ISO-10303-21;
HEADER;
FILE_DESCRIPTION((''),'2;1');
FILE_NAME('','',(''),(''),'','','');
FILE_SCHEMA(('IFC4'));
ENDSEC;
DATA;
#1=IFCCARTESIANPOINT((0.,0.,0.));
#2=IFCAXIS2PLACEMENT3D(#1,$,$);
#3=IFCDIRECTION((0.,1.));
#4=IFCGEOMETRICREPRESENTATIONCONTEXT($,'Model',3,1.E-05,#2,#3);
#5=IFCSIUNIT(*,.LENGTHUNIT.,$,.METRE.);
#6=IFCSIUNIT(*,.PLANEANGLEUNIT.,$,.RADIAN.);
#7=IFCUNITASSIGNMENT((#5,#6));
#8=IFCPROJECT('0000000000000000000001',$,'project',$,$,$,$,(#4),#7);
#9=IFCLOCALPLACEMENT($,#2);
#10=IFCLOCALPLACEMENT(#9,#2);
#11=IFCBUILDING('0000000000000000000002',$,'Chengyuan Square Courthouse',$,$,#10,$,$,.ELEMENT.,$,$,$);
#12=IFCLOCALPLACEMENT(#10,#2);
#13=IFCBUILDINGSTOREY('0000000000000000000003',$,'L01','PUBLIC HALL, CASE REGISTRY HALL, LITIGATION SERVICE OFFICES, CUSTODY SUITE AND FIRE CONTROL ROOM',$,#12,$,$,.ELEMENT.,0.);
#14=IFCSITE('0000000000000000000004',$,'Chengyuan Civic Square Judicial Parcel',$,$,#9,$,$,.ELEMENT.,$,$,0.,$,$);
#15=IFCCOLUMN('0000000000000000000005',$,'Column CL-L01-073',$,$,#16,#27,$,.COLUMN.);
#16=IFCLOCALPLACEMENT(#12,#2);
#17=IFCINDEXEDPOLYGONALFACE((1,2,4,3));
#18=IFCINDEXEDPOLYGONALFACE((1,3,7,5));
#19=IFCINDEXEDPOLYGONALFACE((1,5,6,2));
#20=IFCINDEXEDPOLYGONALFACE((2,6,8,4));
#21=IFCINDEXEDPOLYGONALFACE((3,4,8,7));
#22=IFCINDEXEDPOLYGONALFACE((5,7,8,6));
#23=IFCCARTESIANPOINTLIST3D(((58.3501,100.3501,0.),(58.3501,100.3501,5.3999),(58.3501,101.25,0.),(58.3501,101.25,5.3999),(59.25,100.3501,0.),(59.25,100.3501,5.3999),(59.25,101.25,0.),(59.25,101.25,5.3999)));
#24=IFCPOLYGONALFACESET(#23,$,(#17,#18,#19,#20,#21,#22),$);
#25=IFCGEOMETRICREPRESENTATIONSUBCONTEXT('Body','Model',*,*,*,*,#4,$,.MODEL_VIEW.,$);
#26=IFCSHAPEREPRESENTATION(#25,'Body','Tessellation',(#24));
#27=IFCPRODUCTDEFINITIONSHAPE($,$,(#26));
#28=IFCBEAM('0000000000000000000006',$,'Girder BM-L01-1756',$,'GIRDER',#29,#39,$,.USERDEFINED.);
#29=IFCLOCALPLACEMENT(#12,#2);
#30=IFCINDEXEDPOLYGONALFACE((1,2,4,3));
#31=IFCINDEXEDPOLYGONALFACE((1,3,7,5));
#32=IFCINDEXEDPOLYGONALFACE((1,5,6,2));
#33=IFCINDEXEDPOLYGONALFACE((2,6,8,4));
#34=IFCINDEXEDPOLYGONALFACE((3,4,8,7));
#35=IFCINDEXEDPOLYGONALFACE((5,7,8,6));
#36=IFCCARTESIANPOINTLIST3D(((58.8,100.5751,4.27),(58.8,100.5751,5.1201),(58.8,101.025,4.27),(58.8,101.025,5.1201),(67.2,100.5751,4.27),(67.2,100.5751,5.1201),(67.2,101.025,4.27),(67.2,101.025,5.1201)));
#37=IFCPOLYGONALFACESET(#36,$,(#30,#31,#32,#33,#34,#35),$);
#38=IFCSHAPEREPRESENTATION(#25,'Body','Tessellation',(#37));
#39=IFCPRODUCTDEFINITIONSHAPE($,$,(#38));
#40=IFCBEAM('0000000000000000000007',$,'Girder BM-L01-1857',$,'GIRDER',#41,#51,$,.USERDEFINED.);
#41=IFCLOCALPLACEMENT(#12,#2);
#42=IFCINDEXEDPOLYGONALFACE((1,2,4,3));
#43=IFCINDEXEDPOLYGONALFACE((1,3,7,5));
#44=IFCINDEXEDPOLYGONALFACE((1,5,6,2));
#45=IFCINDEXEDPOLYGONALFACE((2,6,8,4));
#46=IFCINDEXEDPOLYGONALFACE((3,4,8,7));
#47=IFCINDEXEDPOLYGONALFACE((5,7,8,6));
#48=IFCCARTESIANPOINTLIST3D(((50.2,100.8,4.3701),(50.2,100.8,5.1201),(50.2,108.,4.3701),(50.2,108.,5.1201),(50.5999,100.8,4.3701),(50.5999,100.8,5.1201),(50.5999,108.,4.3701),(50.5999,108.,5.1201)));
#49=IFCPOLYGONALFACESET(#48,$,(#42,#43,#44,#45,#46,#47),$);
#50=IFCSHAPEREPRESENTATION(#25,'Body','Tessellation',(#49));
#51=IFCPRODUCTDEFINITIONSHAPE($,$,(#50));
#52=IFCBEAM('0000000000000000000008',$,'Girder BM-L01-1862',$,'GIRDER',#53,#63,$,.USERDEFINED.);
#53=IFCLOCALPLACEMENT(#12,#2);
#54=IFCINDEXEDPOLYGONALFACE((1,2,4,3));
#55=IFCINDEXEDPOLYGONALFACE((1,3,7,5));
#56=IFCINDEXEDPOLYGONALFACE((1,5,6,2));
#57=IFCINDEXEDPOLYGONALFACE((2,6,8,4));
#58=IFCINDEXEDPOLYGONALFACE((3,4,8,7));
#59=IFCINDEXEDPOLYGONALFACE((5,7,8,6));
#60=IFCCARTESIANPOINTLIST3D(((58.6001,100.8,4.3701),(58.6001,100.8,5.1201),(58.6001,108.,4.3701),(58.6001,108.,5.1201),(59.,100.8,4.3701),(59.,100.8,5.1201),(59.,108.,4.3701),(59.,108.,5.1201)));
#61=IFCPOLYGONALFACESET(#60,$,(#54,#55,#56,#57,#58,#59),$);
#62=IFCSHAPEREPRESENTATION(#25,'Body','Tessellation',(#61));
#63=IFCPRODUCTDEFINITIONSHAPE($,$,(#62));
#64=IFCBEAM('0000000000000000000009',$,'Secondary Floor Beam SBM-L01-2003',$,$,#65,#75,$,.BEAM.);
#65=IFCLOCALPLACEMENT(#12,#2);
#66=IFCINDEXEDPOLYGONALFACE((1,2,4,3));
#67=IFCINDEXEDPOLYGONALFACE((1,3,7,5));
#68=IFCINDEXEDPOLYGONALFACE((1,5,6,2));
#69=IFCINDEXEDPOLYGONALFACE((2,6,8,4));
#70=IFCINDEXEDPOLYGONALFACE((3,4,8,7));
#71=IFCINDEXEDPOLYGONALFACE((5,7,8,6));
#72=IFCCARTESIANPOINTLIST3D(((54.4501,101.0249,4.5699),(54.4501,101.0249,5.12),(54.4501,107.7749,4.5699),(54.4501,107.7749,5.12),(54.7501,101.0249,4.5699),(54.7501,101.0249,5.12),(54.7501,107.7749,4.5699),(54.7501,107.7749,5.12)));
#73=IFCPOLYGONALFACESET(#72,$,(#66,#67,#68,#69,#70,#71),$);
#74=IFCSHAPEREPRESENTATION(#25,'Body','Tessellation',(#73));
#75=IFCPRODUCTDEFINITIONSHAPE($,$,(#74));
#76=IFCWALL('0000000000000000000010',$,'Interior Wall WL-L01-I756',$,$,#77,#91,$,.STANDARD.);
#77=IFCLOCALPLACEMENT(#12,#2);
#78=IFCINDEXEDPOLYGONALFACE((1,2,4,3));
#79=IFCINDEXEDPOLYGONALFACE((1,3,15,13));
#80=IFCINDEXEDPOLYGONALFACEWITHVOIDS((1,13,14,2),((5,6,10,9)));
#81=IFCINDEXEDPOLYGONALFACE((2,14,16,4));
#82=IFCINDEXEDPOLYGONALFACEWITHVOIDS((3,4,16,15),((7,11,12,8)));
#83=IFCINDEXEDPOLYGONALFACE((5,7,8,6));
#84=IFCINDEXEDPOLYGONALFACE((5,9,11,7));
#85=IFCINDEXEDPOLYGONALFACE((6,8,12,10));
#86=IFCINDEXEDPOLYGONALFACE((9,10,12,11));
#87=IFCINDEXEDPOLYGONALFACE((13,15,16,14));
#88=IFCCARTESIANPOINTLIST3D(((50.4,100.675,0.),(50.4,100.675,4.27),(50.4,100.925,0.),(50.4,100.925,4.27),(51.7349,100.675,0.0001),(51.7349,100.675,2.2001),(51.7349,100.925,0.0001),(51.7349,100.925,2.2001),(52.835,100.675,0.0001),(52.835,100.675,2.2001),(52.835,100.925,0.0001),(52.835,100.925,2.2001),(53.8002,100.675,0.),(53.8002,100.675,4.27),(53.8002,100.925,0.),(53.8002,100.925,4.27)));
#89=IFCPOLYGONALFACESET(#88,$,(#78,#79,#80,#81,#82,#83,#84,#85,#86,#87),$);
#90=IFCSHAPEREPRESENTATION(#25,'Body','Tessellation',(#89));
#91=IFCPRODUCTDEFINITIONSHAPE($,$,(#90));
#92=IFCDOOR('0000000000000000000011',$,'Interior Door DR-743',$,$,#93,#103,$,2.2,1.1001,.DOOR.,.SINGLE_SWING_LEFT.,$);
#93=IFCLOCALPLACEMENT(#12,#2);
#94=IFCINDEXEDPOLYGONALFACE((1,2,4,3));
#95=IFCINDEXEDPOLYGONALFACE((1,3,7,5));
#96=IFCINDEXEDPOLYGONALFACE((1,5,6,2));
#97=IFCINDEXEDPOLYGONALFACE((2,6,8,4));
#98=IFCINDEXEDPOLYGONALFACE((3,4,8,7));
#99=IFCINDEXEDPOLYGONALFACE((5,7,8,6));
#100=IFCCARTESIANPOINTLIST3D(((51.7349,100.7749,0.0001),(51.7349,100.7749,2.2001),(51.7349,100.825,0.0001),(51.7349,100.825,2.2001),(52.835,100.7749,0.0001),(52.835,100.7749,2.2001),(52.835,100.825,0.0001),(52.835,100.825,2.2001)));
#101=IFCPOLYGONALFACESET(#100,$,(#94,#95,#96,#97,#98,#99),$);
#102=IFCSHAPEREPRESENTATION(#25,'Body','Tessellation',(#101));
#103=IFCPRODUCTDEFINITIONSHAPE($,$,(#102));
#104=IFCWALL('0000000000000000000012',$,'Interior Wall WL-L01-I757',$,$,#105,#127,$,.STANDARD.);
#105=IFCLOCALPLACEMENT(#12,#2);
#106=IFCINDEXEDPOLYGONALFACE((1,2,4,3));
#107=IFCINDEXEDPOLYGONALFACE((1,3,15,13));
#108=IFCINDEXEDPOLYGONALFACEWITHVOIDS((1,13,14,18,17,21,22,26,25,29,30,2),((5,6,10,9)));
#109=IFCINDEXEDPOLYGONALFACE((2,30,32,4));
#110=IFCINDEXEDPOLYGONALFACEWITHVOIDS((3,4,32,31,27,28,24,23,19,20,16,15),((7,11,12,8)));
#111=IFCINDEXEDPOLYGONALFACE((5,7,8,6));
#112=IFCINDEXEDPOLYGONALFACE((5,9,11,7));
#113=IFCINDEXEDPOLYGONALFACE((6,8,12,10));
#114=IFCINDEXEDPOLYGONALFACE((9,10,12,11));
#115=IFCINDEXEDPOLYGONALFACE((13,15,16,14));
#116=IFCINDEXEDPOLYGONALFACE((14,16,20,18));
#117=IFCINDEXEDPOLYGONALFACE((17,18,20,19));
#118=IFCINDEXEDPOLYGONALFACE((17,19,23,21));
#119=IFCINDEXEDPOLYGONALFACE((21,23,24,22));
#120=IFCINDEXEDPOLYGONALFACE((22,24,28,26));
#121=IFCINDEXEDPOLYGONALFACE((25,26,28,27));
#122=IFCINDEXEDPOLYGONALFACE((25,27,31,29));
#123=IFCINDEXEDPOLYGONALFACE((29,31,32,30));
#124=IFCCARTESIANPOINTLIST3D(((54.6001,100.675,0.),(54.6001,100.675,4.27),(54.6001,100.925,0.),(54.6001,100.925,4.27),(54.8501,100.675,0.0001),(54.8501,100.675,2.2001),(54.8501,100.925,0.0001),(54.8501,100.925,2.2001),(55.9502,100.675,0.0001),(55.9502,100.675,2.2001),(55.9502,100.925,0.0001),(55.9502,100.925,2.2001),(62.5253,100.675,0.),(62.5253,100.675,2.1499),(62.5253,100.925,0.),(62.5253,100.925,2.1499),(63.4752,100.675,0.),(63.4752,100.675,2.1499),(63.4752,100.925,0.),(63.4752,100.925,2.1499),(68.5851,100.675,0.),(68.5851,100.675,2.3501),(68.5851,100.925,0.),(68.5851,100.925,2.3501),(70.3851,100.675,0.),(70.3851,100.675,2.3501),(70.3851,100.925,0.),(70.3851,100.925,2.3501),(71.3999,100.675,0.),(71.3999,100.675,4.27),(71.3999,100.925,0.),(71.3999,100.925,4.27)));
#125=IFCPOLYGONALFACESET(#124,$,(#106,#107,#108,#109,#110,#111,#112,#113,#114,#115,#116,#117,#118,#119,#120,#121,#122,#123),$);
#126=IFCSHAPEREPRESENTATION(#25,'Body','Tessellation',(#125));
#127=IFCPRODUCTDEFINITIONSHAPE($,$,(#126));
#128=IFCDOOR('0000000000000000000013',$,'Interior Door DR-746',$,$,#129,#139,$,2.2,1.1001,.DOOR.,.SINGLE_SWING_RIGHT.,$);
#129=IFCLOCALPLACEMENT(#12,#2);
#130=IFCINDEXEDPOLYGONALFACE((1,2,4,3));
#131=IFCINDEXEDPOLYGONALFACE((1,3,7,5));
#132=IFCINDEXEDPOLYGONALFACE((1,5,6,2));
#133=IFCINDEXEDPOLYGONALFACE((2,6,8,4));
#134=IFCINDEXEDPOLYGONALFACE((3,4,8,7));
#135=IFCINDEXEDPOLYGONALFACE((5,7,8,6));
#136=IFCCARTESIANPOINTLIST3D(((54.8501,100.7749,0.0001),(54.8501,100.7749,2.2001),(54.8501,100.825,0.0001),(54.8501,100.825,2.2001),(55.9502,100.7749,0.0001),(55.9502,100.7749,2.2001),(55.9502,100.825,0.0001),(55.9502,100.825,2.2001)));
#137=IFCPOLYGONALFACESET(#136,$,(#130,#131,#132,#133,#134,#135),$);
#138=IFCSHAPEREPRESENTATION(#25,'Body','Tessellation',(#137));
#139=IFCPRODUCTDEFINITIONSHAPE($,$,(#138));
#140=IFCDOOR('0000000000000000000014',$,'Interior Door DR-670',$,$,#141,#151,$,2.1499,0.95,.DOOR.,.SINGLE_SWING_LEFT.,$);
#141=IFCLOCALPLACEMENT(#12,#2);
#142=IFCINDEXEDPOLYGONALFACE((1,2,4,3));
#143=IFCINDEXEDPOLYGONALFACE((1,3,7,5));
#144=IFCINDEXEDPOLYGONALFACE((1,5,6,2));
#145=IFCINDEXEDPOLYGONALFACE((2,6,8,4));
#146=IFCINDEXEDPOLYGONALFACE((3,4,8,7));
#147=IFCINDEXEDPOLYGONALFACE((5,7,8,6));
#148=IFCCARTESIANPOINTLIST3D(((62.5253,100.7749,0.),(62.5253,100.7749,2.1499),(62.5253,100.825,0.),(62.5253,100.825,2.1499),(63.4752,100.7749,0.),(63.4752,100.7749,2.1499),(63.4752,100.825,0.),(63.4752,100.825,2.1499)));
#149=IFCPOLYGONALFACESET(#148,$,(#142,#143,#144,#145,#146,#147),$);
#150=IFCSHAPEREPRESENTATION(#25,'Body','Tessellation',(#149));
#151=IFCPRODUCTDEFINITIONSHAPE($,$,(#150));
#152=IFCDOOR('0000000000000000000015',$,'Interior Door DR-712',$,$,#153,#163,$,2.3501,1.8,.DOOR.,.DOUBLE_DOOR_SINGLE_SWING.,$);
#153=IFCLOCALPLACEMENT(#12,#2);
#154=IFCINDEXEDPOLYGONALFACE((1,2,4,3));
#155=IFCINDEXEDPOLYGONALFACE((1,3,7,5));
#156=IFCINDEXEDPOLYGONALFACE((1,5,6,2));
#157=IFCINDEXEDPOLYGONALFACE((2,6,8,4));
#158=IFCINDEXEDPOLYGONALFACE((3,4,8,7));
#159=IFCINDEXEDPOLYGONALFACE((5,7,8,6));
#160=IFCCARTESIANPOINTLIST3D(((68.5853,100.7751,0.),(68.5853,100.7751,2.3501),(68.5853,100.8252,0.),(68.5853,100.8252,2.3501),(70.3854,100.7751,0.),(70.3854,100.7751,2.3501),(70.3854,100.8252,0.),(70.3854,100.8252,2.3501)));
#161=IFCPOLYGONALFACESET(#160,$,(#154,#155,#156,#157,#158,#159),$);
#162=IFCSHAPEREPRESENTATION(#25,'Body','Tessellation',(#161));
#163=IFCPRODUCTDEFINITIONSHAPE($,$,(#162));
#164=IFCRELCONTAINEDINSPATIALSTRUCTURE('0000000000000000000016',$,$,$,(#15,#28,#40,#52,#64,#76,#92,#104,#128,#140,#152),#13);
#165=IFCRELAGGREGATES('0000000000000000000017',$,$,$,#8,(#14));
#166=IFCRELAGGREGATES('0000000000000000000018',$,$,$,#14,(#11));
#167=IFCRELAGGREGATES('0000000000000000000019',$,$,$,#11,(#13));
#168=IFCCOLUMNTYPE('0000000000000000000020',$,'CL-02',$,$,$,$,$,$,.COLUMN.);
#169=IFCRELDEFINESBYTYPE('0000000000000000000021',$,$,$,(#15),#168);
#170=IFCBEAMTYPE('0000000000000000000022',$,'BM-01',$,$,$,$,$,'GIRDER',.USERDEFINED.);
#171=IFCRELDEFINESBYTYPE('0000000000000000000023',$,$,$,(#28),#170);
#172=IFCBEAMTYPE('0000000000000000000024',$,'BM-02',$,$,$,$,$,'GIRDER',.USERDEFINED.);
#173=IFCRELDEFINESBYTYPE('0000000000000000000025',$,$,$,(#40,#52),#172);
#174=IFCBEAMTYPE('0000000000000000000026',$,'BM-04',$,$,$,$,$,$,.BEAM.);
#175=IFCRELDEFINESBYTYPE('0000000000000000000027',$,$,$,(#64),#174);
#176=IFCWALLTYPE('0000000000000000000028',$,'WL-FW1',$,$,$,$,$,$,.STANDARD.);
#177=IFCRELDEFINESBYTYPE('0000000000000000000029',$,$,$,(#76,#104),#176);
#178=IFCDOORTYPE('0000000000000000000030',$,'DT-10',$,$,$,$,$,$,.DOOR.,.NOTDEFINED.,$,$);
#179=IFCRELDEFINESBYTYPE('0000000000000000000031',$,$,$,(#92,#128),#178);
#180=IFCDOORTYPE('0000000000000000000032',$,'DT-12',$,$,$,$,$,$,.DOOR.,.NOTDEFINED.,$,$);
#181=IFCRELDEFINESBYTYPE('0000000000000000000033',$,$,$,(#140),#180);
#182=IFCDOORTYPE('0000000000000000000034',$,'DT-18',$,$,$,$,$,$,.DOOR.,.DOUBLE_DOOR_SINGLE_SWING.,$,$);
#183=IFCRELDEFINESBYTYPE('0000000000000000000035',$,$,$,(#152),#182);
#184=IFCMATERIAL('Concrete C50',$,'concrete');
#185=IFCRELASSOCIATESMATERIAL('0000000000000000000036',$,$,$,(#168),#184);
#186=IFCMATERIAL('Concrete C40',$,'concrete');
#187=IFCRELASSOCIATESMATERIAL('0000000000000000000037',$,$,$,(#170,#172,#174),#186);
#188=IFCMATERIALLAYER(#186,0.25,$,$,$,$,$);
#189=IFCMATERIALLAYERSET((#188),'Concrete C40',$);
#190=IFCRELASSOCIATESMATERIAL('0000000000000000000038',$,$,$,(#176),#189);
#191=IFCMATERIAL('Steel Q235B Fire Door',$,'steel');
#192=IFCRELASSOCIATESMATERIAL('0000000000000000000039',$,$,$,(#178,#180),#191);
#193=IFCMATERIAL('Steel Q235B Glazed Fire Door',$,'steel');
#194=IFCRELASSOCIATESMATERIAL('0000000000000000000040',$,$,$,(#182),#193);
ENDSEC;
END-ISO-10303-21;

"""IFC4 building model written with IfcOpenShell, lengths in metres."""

from ifc_helpers import new_model, si_unit, direction, frame, frame_2d, origin, origin_2d, place, context, subcontext, project, spatial, rectangle, extrude, material, layer, layer_set, material_profile, profile_set, type_object, element, fill, save


model = new_model("IFC4")

# Units and contexts
model_context = context("Model", 3, precision=1e-05, world=origin(), true_north=direction((0.0, 1.0)))
body_context = subcontext(model_context, "Body", "Model", "MODEL_VIEW")
ifc_project = project(units=[si_unit("LENGTHUNIT", "METRE"), si_unit("PLANEANGLEUNIT", "RADIAN")], contexts=[model_context])

# Site, building, storey
site_placement = place(None, origin())
site = spatial("IfcSite", under=ifc_project, at=site_placement, Name="Chengyuan Civic Square Judicial Parcel", CompositionType="ELEMENT", RefElevation=0.0)
building_placement = place(site_placement, origin())
building = spatial("IfcBuilding", under=site, at=building_placement, Name="Chengyuan Square Courthouse", CompositionType="ELEMENT")
storey_placement = place(building_placement, origin())
storey = spatial("IfcBuildingStorey", under=building, at=storey_placement, Name="L01", Description="PUBLIC HALL, CASE REGISTRY HALL, LITIGATION SERVICE OFFICES, CUSTODY SUITE AND FIRE CONTROL ROOM", CompositionType="ELEMENT", Elevation=0.0)

# Column
ifc_material_1 = material(Name="Concrete C50", Category="concrete")
ifc_material_profile_1 = material_profile(ifc_material_1, rectangle(XDim=0.8999, YDim=0.8999, at=origin_2d()), Name="RC-COL-900x900")
ifc_profile_set_1 = profile_set([ifc_material_profile_1], Name="Concrete C50")
column_type = type_object("IfcColumnType", Name="CL-02", PredefinedType="COLUMN", material=ifc_profile_set_1)
column_placement = place(storey_placement, frame((58.8, 100.8, 0.0), z_axis=(0.0, 0.0, 1.0), x_axis=(1.0, 0.0, 0.0)))
element("IfcColumn", 1, at=column_placement, inside=storey, type_object=column_type, Name="Column CL-L01-073", PredefinedType="COLUMN", context=body_context, shape_type="SweptSolid", body=[
    extrude(rectangle(XDim=0.8999, YDim=0.8999, at=origin_2d()), origin(), (0.0, 0.0, 1.0), 5.3999),
])

# Beams
ifc_material_2 = material(Name="Concrete C40", Category="concrete")
ifc_material_profile_2 = material_profile(ifc_material_2, rectangle(XDim=0.45, YDim=0.8501, at=origin_2d()), Name="RC-BM-450x850")
ifc_profile_set_2 = profile_set([ifc_material_profile_2], Name="Concrete C40")
beam_type_1 = type_object("IfcBeamType", Name="BM-01", ElementType="GIRDER", PredefinedType="USERDEFINED", material=ifc_profile_set_2)
beam_1_placement = place(storey_placement, frame((58.8, 100.8, 4.6951), z_axis=(1.0, 0.0, 0.0), x_axis=(0.0, 1.0, 0.0)))
element("IfcBeam", 2, at=beam_1_placement, inside=storey, type_object=beam_type_1, Name="Girder BM-L01-1756", ObjectType="GIRDER", PredefinedType="USERDEFINED", context=body_context, shape_type="SweptSolid", body=[
    extrude(rectangle(XDim=0.45, YDim=0.8501, at=origin_2d()), origin(), (0.0, 0.0, 1.0), 8.3999),
])
ifc_material_profile_3 = material_profile(ifc_material_2, rectangle(XDim=0.3999, YDim=0.75, at=origin_2d()), Name="RC-BM-400x750")
ifc_profile_set_3 = profile_set([ifc_material_profile_3], Name="Concrete C40")
beam_type_2 = type_object("IfcBeamType", Name="BM-02", ElementType="GIRDER", PredefinedType="USERDEFINED", material=ifc_profile_set_3)
for number, where, z_axis, x_axis, name in (
    (3, (50.3999, 100.8, 4.7451), (0.0, 1.0, 0.0), (-1.0, 0.0, 0.0), "Girder BM-L01-1857"),
    (4, (58.8, 100.8, 4.7451), (0.0, 1.0, 0.0), (-1.0, 0.0, 0.0), "Girder BM-L01-1862"),
):
    element("IfcBeam", number, at=place(storey_placement, frame(where, z_axis=z_axis, x_axis=x_axis)), inside=storey, type_object=beam_type_2, Name=name, ObjectType="GIRDER", PredefinedType="USERDEFINED", context=body_context, shape_type="SweptSolid", body=[
        extrude(rectangle(XDim=0.3999, YDim=0.75, at=origin_2d()), origin(), (0.0, 0.0, 1.0), 7.2),
    ])
ifc_material_profile_4 = material_profile(ifc_material_2, rectangle(XDim=0.3, YDim=0.55, at=origin_2d()), Name="RC-BM-300x550")
ifc_profile_set_4 = profile_set([ifc_material_profile_4], Name="Concrete C40")
beam_type_3 = type_object("IfcBeamType", Name="BM-04", PredefinedType="BEAM", material=ifc_profile_set_4)
beam_2_placement = place(storey_placement, frame((54.6001, 101.0249, 4.845), z_axis=(0.0, 1.0, 0.0), x_axis=(-1.0, 0.0, 0.0)))
element("IfcBeam", 5, at=beam_2_placement, inside=storey, type_object=beam_type_3, Name="Secondary Floor Beam SBM-L01-2003", PredefinedType="BEAM", context=body_context, shape_type="SweptSolid", body=[
    extrude(rectangle(XDim=0.3, YDim=0.55, at=origin_2d()), origin(), (0.0, 0.0, 1.0), 6.75),
])

# Wall, opening, door
ifc_layer_1 = layer(ifc_material_2, 0.25)
ifc_layer_set_1 = layer_set([ifc_layer_1], Name="Concrete C40")
wall_type_1 = type_object("IfcWallType", Name="WL-FW1", PredefinedType="STANDARD", material=ifc_layer_set_1)
wall_1_placement = place(storey_placement, frame((50.3999, 100.8, 0.0), z_axis=(0.0, 0.0, 1.0), x_axis=(1.0, 0.0, 0.0)))
wall_1 = element("IfcWall", 6, at=wall_1_placement, inside=storey, type_object=wall_type_1, Name="Interior Wall WL-L01-I756", PredefinedType="STANDARD", context=body_context, shape_type="SweptSolid", body=[
    extrude(rectangle(XDim=3.4001, YDim=0.25, at=frame_2d((1.7002, 0.0))), origin(), (0.0, 0.0, 1.0), 4.27),
])
opening_1_placement = place(wall_1_placement, frame((1.335, 0.0, 0.0)))
opening_1 = element("IfcOpeningElement", 7, at=opening_1_placement, cuts=wall_1, PredefinedType="OPENING", context=body_context, shape_type="SweptSolid", body=[
    extrude(rectangle(XDim=1.1001, YDim=2.2, at=frame_2d((0.55, 1.1001))), frame((0.0, 0.137, 0.0), z_axis=(0.0, -1.0, 0.0), x_axis=(1.0, 0.0, 0.0)), (0.0, 0.0, 1.0), 0.2739),
])
ifc_material_3 = material(Name="Steel Q235B Fire Door", Category="steel")
door_type_1 = type_object("IfcDoorType", Name="DT-10", OperationType="NOTDEFINED", PredefinedType="DOOR", material=ifc_material_3)
door_1_placement = place(opening_1_placement, origin())
door_1 = element("IfcDoor", 8, at=door_1_placement, inside=storey, type_object=door_type_1, Name="Interior Door DR-743", OperationType="SINGLE_SWING_LEFT", OverallHeight=2.2, OverallWidth=1.1001, PredefinedType="DOOR", context=body_context, shape_type="SweptSolid", body=[
    extrude(rectangle(XDim=1.1001, YDim=2.2, at=frame_2d((0.55, 1.1001))), frame((0.0, 0.0249, 0.0), z_axis=(0.0, -1.0, 0.0), x_axis=(1.0, 0.0, 0.0)), (0.0, 0.0, 1.0), 0.05),
])
fill(opening_1, door_1)

# Wall, openings, doors
wall_2_placement = place(storey_placement, frame((54.6001, 100.8, 0.0), z_axis=(0.0, 0.0, 1.0), x_axis=(1.0, 0.0, 0.0)))
wall_2 = element("IfcWall", 9, at=wall_2_placement, inside=storey, type_object=wall_type_1, Name="Interior Wall WL-L01-I757", PredefinedType="STANDARD", context=body_context, shape_type="SweptSolid", body=[
    extrude(rectangle(XDim=16.7998, YDim=0.25, at=frame_2d((8.3999, 0.0))), origin(), (0.0, 0.0, 1.0), 4.27),
])
opening_2_placement = place(wall_2_placement, frame((7.925, 0.0, 0.0)))
opening_2 = element("IfcOpeningElement", 10, at=opening_2_placement, cuts=wall_2, PredefinedType="OPENING", context=body_context, shape_type="SweptSolid", body=[
    extrude(rectangle(XDim=0.95, YDim=2.1499, at=frame_2d((0.4751, 1.075))), frame((0.0, 0.137, 0.0), z_axis=(0.0, -1.0, 0.0), x_axis=(1.0, 0.0, 0.0)), (0.0, 0.0, 1.0), 0.2739),
])
opening_3_placement = place(wall_2_placement, frame((13.9851, 0.0, 0.0)))
opening_3 = element("IfcOpeningElement", 11, at=opening_3_placement, cuts=wall_2, PredefinedType="OPENING", context=body_context, shape_type="SweptSolid", body=[
    extrude(rectangle(XDim=1.8, YDim=2.3501, at=frame_2d((0.8999, 1.175))), frame((0.0, 0.137, 0.0), z_axis=(0.0, -1.0, 0.0), x_axis=(1.0, 0.0, 0.0)), (0.0, 0.0, 1.0), 0.2739),
])
opening_4_placement = place(wall_2_placement, frame((0.25, 0.0, 0.0)))
opening_4 = element("IfcOpeningElement", 12, at=opening_4_placement, cuts=wall_2, PredefinedType="OPENING", context=body_context, shape_type="SweptSolid", body=[
    extrude(rectangle(XDim=1.1001, YDim=2.2, at=frame_2d((0.55, 1.1001))), frame((0.0, 0.137, 0.0), z_axis=(0.0, -1.0, 0.0), x_axis=(1.0, 0.0, 0.0)), (0.0, 0.0, 1.0), 0.2739),
])
door_2_placement = place(opening_4_placement, origin())
door_2 = element("IfcDoor", 13, at=door_2_placement, inside=storey, type_object=door_type_1, Name="Interior Door DR-746", OperationType="SINGLE_SWING_RIGHT", OverallHeight=2.2, OverallWidth=1.1001, PredefinedType="DOOR", context=body_context, shape_type="SweptSolid", body=[
    extrude(rectangle(XDim=1.1001, YDim=2.2, at=frame_2d((0.55, 1.1001))), frame((0.0, 0.0249, 0.0), z_axis=(0.0, -1.0, 0.0), x_axis=(1.0, 0.0, 0.0)), (0.0, 0.0, 1.0), 0.05),
])
fill(opening_4, door_2)
door_type_2 = type_object("IfcDoorType", Name="DT-12", OperationType="NOTDEFINED", PredefinedType="DOOR", material=ifc_material_3)
door_3_placement = place(opening_2_placement, origin())
door_3 = element("IfcDoor", 14, at=door_3_placement, inside=storey, type_object=door_type_2, Name="Interior Door DR-670", OperationType="SINGLE_SWING_LEFT", OverallHeight=2.1499, OverallWidth=0.95, PredefinedType="DOOR", context=body_context, shape_type="SweptSolid", body=[
    extrude(rectangle(XDim=0.95, YDim=2.1499, at=frame_2d((0.4751, 1.075))), frame((0.0, 0.0249, 0.0), z_axis=(0.0, -1.0, 0.0), x_axis=(1.0, 0.0, 0.0)), (0.0, 0.0, 1.0), 0.05),
])
fill(opening_2, door_3)
ifc_material_4 = material(Name="Steel Q235B Glazed Fire Door", Category="steel")
door_type_3 = type_object("IfcDoorType", Name="DT-18", OperationType="DOUBLE_DOOR_SINGLE_SWING", PredefinedType="DOOR", material=ifc_material_4)
door_4_placement = place(opening_3_placement, frame((1.8, 0.0, 0.0), z_axis=(0.0, 0.0, 1.0), x_axis=(-1.0, 0.0, 0.0)))
door_4 = element("IfcDoor", 15, at=door_4_placement, inside=storey, type_object=door_type_3, Name="Interior Door DR-712", OperationType="DOUBLE_DOOR_SINGLE_SWING", OverallHeight=2.3501, OverallWidth=1.8, PredefinedType="DOOR", context=body_context, shape_type="SweptSolid", body=[
    extrude(rectangle(XDim=1.8, YDim=2.3501, at=frame_2d((0.8999, 1.175))), frame((0.0, 0.0249, 0.0), z_axis=(0.0, -1.0, 0.0), x_axis=(1.0, 0.0, 0.0)), (0.0, 0.0, 1.0), 0.05),
])
fill(opening_3, door_4)

save(model, "model.ifc")
